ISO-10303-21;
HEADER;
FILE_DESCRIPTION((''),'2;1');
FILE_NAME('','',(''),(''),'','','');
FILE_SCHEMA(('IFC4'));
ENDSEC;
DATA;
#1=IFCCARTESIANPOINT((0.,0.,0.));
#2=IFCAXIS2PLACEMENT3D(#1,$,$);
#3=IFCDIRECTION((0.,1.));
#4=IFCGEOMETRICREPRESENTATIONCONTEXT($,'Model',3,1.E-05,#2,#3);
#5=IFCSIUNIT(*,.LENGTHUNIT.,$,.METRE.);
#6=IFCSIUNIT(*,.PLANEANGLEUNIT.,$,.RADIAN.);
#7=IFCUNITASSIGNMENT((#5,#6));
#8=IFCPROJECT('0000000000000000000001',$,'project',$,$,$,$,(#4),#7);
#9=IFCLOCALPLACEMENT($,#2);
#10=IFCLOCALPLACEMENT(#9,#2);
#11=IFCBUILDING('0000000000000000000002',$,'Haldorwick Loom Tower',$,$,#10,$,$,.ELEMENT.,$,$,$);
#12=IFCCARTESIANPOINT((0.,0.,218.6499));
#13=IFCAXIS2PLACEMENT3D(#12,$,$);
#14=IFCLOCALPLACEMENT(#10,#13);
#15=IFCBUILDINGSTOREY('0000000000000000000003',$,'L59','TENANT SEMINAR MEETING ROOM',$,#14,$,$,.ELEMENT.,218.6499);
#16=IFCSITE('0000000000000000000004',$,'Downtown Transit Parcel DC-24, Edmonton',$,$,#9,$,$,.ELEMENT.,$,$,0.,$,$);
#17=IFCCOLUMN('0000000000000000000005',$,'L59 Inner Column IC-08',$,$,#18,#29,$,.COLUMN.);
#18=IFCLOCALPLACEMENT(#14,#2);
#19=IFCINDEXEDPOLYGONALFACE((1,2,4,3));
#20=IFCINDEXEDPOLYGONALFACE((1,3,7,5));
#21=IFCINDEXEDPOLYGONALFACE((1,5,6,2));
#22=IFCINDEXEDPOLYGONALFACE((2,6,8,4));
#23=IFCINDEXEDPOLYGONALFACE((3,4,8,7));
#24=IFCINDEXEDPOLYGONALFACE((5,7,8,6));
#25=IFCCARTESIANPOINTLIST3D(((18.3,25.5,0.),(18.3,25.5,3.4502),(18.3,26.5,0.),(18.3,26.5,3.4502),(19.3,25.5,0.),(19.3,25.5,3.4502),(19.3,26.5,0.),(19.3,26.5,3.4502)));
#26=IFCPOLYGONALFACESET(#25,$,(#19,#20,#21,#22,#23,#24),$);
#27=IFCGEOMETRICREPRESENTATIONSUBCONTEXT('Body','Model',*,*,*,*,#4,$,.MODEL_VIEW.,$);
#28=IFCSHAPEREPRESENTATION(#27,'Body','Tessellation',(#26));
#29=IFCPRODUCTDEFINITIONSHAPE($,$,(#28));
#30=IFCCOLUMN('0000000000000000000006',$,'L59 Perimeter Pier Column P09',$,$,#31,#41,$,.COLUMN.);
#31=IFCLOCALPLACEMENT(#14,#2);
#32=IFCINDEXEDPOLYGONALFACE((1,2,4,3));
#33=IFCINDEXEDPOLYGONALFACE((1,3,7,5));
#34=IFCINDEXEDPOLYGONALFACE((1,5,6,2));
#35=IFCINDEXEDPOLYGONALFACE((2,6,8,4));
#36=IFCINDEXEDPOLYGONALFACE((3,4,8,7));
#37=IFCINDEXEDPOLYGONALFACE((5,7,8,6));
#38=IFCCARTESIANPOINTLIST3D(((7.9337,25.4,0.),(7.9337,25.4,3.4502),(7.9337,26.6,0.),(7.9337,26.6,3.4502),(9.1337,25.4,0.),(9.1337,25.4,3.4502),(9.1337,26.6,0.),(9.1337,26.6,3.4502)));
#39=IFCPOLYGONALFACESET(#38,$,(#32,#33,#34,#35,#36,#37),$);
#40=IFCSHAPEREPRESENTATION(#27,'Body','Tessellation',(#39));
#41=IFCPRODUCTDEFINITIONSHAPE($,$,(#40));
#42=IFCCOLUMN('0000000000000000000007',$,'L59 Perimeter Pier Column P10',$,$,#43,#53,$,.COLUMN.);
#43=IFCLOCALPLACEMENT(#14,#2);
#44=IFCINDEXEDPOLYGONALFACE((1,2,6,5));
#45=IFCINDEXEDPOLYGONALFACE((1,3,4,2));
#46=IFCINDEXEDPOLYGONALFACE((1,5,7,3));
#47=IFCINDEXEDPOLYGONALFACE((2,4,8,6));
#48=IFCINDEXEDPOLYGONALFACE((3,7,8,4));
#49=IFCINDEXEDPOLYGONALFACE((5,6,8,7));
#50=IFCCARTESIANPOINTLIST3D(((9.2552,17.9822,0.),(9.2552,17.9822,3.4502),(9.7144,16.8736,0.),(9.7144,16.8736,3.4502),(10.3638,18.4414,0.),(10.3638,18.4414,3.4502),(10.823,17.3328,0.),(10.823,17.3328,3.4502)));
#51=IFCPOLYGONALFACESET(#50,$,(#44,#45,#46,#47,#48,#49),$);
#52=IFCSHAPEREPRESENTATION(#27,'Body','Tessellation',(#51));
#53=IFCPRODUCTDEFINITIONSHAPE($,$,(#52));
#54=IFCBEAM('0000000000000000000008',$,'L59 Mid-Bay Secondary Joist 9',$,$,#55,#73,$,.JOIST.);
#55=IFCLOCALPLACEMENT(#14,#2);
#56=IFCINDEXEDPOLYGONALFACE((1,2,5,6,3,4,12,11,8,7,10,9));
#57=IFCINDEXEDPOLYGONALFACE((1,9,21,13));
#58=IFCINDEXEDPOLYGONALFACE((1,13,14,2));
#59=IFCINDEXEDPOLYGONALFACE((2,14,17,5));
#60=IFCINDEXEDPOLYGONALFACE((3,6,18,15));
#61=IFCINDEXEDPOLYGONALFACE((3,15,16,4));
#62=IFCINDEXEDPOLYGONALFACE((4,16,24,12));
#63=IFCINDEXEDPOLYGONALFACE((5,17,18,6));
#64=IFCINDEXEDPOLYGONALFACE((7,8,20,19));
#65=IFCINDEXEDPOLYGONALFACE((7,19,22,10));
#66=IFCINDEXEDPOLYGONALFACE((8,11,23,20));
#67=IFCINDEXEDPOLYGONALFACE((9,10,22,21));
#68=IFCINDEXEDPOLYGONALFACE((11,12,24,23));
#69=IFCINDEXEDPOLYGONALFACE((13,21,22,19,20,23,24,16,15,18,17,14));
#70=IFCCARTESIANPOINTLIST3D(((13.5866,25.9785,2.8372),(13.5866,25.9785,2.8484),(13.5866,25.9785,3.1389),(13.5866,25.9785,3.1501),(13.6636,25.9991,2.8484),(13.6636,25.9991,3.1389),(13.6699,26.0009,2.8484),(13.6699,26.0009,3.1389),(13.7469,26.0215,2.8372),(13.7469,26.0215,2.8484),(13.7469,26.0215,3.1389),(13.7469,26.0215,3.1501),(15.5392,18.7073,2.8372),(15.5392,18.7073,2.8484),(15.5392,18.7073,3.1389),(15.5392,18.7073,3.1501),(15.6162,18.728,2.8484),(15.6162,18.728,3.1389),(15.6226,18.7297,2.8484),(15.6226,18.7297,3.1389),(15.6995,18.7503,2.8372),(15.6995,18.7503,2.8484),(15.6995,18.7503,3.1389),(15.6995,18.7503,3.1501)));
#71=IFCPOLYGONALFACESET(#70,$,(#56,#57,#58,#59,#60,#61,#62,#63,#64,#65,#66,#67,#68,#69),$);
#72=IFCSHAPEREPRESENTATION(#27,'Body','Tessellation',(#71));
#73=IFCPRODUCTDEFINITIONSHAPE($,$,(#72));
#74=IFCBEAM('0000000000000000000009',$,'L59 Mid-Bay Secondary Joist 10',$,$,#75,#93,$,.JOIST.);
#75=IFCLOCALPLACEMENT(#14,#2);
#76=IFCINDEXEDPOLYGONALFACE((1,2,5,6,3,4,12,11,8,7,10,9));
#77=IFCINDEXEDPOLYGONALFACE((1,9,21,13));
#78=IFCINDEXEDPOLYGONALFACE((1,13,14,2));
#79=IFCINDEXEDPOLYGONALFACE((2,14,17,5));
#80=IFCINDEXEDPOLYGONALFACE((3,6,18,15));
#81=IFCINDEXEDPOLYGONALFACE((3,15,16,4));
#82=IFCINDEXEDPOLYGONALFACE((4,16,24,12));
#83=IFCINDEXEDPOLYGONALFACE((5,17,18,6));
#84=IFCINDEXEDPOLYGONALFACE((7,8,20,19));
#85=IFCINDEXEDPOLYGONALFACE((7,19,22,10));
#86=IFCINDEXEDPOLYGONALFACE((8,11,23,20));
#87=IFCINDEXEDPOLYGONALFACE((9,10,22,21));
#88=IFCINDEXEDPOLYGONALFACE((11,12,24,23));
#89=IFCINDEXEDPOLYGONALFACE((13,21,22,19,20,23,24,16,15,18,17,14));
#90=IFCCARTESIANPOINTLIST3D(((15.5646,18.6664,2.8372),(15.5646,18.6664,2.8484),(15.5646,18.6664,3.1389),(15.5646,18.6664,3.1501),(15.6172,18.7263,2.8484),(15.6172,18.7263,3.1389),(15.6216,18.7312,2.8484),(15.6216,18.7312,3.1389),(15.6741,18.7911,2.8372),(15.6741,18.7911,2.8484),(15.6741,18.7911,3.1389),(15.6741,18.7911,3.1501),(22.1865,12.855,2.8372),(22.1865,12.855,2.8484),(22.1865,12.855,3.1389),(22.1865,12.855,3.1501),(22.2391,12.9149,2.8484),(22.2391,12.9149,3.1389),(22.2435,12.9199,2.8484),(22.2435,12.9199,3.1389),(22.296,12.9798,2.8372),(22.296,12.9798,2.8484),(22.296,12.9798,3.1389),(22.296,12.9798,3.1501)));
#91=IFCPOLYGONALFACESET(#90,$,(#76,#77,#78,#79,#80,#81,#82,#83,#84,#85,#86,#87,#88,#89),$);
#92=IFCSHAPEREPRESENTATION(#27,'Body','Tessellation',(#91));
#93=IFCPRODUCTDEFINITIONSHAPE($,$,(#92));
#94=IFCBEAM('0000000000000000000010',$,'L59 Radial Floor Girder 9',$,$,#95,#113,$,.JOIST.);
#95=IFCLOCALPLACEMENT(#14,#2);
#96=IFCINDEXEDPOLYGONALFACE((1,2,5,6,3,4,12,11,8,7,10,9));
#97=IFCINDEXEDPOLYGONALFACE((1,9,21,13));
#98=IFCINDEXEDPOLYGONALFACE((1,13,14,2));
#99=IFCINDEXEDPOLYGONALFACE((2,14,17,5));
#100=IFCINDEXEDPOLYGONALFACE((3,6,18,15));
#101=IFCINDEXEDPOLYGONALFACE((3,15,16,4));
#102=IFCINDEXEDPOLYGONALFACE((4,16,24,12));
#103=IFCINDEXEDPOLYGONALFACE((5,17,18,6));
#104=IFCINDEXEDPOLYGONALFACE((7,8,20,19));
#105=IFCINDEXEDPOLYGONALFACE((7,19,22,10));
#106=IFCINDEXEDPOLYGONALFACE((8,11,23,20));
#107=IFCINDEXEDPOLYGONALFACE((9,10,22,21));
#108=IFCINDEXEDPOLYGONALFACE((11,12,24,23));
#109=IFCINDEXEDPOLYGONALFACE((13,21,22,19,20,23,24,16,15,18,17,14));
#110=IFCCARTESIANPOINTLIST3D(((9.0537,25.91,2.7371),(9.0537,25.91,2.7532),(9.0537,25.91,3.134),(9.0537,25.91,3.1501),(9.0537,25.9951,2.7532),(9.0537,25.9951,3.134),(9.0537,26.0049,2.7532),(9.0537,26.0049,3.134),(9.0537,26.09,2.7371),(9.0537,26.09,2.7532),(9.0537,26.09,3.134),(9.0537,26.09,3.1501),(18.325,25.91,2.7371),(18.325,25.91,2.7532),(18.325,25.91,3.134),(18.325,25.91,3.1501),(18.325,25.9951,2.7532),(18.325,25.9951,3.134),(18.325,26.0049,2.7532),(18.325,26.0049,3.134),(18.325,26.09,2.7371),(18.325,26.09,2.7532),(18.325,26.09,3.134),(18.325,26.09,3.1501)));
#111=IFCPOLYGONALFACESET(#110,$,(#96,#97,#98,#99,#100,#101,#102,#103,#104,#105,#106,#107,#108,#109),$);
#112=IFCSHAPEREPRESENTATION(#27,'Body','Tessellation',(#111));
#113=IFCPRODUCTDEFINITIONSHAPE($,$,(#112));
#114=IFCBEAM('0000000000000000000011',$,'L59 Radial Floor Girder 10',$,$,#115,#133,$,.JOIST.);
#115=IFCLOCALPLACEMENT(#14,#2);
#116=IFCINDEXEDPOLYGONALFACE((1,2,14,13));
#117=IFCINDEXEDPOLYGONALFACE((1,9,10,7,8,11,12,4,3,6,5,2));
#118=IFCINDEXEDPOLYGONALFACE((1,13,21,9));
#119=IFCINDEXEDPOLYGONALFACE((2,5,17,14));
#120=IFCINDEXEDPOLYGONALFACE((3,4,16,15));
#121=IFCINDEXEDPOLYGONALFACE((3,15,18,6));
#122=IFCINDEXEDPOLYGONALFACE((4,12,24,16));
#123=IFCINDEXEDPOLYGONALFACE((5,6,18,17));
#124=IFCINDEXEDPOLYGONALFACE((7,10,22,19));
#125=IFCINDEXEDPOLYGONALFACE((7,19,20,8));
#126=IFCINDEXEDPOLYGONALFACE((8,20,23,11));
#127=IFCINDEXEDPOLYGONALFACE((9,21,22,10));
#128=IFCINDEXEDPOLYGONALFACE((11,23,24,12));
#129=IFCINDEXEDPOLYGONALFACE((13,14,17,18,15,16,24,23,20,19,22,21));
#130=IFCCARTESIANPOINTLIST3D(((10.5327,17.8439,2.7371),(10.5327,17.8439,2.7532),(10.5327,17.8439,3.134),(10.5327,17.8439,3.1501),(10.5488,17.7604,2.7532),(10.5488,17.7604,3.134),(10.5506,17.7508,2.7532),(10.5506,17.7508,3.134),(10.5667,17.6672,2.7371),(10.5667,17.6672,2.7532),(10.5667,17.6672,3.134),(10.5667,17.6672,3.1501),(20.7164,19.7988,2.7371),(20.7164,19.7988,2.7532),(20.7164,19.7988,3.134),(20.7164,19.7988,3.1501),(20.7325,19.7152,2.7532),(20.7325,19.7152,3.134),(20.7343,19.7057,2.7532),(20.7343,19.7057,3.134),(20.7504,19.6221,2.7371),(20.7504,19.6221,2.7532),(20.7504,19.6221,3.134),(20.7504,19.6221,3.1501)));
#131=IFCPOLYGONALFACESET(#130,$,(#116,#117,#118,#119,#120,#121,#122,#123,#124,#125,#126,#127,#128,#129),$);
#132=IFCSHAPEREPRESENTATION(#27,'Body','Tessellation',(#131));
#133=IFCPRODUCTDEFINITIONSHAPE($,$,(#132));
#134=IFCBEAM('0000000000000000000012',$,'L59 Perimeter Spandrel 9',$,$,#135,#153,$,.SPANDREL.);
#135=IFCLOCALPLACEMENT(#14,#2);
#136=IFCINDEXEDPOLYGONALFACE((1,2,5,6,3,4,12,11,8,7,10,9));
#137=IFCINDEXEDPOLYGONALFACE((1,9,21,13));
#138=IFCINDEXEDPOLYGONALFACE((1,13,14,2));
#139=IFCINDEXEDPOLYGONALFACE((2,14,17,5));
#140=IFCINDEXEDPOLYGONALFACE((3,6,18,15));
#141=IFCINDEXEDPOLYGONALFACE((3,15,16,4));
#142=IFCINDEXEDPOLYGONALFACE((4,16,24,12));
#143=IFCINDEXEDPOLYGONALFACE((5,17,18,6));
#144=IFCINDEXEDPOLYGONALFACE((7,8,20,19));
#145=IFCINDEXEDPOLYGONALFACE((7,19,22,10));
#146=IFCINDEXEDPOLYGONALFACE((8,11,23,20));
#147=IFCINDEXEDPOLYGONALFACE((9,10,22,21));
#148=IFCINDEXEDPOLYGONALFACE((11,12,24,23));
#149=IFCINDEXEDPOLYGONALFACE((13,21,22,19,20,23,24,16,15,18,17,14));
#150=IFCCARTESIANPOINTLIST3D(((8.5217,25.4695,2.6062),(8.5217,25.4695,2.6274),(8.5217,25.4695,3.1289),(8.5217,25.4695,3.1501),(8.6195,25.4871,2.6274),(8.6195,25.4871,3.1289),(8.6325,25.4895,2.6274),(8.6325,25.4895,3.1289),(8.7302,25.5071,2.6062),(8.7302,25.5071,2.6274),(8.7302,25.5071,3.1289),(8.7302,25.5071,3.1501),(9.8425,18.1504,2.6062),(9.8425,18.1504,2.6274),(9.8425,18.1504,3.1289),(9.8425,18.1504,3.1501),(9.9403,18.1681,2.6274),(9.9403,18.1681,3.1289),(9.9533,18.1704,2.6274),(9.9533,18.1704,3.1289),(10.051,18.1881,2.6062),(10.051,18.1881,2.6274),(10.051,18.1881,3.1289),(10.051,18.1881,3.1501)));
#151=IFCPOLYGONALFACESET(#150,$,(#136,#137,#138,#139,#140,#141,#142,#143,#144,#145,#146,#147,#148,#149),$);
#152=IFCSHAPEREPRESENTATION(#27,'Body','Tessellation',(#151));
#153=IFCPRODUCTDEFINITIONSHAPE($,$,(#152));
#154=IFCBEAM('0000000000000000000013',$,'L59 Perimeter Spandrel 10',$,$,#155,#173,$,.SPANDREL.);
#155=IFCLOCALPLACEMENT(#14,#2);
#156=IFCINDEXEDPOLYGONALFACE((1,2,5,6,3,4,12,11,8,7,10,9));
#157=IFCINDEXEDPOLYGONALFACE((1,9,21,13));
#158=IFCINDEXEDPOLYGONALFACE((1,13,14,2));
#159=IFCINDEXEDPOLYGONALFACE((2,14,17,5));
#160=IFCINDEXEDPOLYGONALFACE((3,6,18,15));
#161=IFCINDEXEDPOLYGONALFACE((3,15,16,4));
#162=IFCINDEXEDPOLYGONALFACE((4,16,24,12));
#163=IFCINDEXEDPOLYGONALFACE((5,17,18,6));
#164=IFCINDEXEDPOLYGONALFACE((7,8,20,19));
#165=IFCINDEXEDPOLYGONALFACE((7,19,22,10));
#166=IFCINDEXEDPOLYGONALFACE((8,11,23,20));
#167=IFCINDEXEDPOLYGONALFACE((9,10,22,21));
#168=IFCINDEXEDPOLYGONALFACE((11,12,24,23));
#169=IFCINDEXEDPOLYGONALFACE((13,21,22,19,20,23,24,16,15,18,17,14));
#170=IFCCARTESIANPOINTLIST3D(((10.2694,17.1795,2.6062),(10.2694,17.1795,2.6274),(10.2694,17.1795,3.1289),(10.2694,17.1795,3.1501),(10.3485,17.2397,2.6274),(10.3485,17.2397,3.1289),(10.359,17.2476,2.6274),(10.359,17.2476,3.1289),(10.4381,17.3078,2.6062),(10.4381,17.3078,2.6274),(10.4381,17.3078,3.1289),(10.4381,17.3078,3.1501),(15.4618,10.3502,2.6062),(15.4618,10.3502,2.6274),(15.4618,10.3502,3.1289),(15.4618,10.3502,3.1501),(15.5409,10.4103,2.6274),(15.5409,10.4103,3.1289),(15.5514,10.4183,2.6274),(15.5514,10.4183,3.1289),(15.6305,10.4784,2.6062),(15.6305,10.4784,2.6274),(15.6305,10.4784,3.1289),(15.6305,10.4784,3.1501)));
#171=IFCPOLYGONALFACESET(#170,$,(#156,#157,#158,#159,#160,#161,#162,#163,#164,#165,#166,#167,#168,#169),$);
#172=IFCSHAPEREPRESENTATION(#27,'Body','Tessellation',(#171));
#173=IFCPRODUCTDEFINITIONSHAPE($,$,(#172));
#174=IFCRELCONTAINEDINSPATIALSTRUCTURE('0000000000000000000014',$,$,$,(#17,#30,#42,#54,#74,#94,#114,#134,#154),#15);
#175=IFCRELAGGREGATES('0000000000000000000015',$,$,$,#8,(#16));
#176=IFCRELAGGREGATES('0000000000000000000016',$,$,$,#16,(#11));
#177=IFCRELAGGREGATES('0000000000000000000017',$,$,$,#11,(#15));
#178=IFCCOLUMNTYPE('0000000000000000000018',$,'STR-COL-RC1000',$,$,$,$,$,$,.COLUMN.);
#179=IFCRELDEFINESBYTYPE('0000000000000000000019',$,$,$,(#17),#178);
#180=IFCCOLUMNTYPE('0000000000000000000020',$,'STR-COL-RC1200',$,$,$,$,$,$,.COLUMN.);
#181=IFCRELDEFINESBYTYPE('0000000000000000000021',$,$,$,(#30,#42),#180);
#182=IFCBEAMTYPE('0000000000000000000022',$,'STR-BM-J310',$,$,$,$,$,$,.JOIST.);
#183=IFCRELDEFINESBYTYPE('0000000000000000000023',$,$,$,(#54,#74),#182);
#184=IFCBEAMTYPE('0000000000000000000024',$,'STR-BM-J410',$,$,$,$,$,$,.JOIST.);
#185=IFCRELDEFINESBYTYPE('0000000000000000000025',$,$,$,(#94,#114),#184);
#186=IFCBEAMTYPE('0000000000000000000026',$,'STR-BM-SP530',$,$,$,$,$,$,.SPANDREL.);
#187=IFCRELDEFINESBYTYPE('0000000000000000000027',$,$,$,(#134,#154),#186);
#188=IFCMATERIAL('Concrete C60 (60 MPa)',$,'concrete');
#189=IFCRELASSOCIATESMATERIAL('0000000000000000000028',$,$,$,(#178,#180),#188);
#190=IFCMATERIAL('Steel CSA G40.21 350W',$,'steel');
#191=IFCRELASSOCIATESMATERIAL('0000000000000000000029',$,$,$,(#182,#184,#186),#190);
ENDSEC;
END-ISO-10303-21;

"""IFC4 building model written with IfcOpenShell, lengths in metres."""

from ifc_helpers import new_model, si_unit, direction, frame, origin, origin_2d, place, context, subcontext, project, spatial, rectangle, i_section, extrude, material, material_profile, profile_set, type_object, element, save


model = new_model("IFC4")

# Units and contexts
model_context = context("Model", 3, precision=1e-05, world=origin(), true_north=direction((0.0, 1.0)))
body_context = subcontext(model_context, "Body", "Model", "MODEL_VIEW")
ifc_project = project(units=[si_unit("LENGTHUNIT", "METRE"), si_unit("PLANEANGLEUNIT", "RADIAN")], contexts=[model_context])

# Site, building, storey
site_placement = place(None, origin())
site = spatial("IfcSite", under=ifc_project, at=site_placement, Name="Downtown Transit Parcel DC-24, Edmonton", CompositionType="ELEMENT", RefElevation=0.0)
building_placement = place(site_placement, origin())
building = spatial("IfcBuilding", under=site, at=building_placement, Name="Haldorwick Loom Tower", CompositionType="ELEMENT")
storey_placement = place(building_placement, frame((0.0, 0.0, 218.6499)))
storey = spatial("IfcBuildingStorey", under=building, at=storey_placement, Name="L59", Description="TENANT SEMINAR MEETING ROOM", CompositionType="ELEMENT", Elevation=218.6499)

# Columns
ifc_material_1 = material(Name="Concrete C60 (60 MPa)", Category="concrete")
ifc_material_profile_1 = material_profile(ifc_material_1, rectangle(XDim=1.0, YDim=1.0, at=origin_2d()), Name="RC1000X1000", Category="concrete")
ifc_profile_set_1 = profile_set([ifc_material_profile_1], Name="Concrete C60 (60 MPa)")
column_type_1 = type_object("IfcColumnType", Name="STR-COL-RC1000", PredefinedType="COLUMN", material=ifc_profile_set_1)
column_placement = place(storey_placement, frame((18.8, 26.0, 0.0), z_axis=(0.0, 0.0, 1.0), x_axis=(1.0, 0.0, 0.0)))
element("IfcColumn", 1, at=column_placement, inside=storey, type_object=column_type_1, Name="L59 Inner Column IC-08", PredefinedType="COLUMN", context=body_context, shape_type="SweptSolid", body=[
    extrude(rectangle(XDim=1.0, YDim=1.0, at=origin_2d()), origin(), (0.0, 0.0, 1.0), 3.4502),
])
ifc_material_profile_2 = material_profile(ifc_material_1, rectangle(XDim=1.2, YDim=1.2, at=origin_2d()), Name="RC1200X1200", Category="concrete")
ifc_profile_set_2 = profile_set([ifc_material_profile_2], Name="Concrete C60 (60 MPa)")
column_type_2 = type_object("IfcColumnType", Name="STR-COL-RC1200", PredefinedType="COLUMN", material=ifc_profile_set_2)
for number, where, z_axis, x_axis, name in (
    (2, (8.5337, 26.0, 0.0), (0.0, 0.0, 1.0), (-1.0, 0.0, 0.0), "L59 Perimeter Pier Column P09"),
    (3, (10.0391, 17.6575, 0.0), (0.0, 0.0, 1.0), (-0.92388, -0.382683, 0.0), "L59 Perimeter Pier Column P10"),
):
    element("IfcColumn", number, at=place(storey_placement, frame(where, z_axis=z_axis, x_axis=x_axis)), inside=storey, type_object=column_type_2, Name=name, PredefinedType="COLUMN", context=body_context, shape_type="SweptSolid", body=[
        extrude(rectangle(XDim=1.2, YDim=1.2, at=origin_2d()), origin(), (0.0, 0.0, 1.0), 3.4502),
    ])

# Beams
ifc_material_2 = material(Name="Steel CSA G40.21 350W", Category="steel")
ifc_material_profile_3 = material_profile(ifc_material_2, i_section(OverallWidth=0.166, OverallDepth=0.313, WebThickness=0.0066, FlangeThickness=0.0112, at=origin_2d()), Name="W310X45", Category="steel")
ifc_profile_set_3 = profile_set([ifc_material_profile_3], Name="Steel CSA G40.21 350W")
beam_type_1 = type_object("IfcBeamType", Name="STR-BM-J310", PredefinedType="JOIST", material=ifc_profile_set_3)
beam_1_placement = place(storey_placement, frame((13.6667, 26.0, 2.9937), z_axis=(0.259354, -0.965782, 0.0), x_axis=(0.965782, 0.259354, 0.0)))
element("IfcBeam", 4, at=beam_1_placement, inside=storey, type_object=beam_type_1, Name="L59 Mid-Bay Secondary Joist 9", PredefinedType="JOIST", context=body_context, shape_type="SweptSolid", body=[
    extrude(i_section(OverallWidth=0.166, OverallDepth=0.313, WebThickness=0.0066, FlangeThickness=0.0112, at=origin_2d()), origin(), (0.0, 0.0, 1.0), 7.5288),
])
beam_2_placement = place(storey_placement, frame((15.6194, 18.7288, 2.9937), z_axis=(0.751609, -0.659608, 0.0), x_axis=(0.659608, 0.751609, 0.0)))
element("IfcBeam", 5, at=beam_2_placement, inside=storey, type_object=beam_type_1, Name="L59 Mid-Bay Secondary Joist 10", PredefinedType="JOIST", context=body_context, shape_type="SweptSolid", body=[
    extrude(i_section(OverallWidth=0.166, OverallDepth=0.313, WebThickness=0.0066, FlangeThickness=0.0112, at=origin_2d()), origin(), (0.0, 0.0, 1.0), 8.8103),
])
ifc_material_profile_4 = material_profile(ifc_material_2, i_section(OverallWidth=0.1799, OverallDepth=0.4131, WebThickness=0.0098, FlangeThickness=0.0161, at=origin_2d()), Name="W410X74", Category="steel")
ifc_profile_set_4 = profile_set([ifc_material_profile_4], Name="Steel CSA G40.21 350W")
beam_type_2 = type_object("IfcBeamType", Name="STR-BM-J410", PredefinedType="JOIST", material=ifc_profile_set_4)
beam_3_placement = place(storey_placement, frame((18.325, 26.0, 2.9436), z_axis=(-1.0, 0.0, 0.0), x_axis=(0.0, -1.0, 0.0)))
element("IfcBeam", 6, at=beam_3_placement, inside=storey, type_object=beam_type_2, Name="L59 Radial Floor Girder 9", PredefinedType="JOIST", context=body_context, shape_type="SweptSolid", body=[
    extrude(i_section(OverallWidth=0.1799, OverallDepth=0.4131, WebThickness=0.0098, FlangeThickness=0.0161, at=origin_2d()), origin(), (0.0, 0.0, 1.0), 9.2712),
])
beam_4_placement = place(storey_placement, frame((20.7334, 19.7104, 2.9436), z_axis=(-0.98207, -0.188517, 0.0), x_axis=(0.188517, -0.98207, 0.0)))
element("IfcBeam", 7, at=beam_4_placement, inside=storey, type_object=beam_type_2, Name="L59 Radial Floor Girder 10", PredefinedType="JOIST", context=body_context, shape_type="SweptSolid", body=[
    extrude(i_section(OverallWidth=0.1799, OverallDepth=0.4131, WebThickness=0.0098, FlangeThickness=0.0161, at=origin_2d()), origin(), (0.0, 0.0, 1.0), 10.3696),
])
ifc_material_profile_5 = material_profile(ifc_material_2, i_section(OverallWidth=0.2119, OverallDepth=0.5439, WebThickness=0.0132, FlangeThickness=0.0212, at=origin_2d()), Name="W530X123", Category="steel")
ifc_profile_set_5 = profile_set([ifc_material_profile_5], Name="Steel CSA G40.21 350W")
beam_type_3 = type_object("IfcBeamType", Name="STR-BM-SP530", PredefinedType="SPANDREL", material=ifc_profile_set_5)
beam_5_placement = place(storey_placement, frame((8.626, 25.4883, 2.8782), z_axis=(0.177591, -0.984104, 0.0), x_axis=(0.984104, 0.177591, 0.0)))
element("IfcBeam", 8, at=beam_5_placement, inside=storey, type_object=beam_type_3, Name="L59 Perimeter Spandrel 9", PredefinedType="SPANDREL", context=body_context, shape_type="SweptSolid", body=[
    extrude(i_section(OverallWidth=0.2119, OverallDepth=0.5439, WebThickness=0.0132, FlangeThickness=0.0212, at=origin_2d()), origin(), (0.0, 0.0, 1.0), 7.4373),
])
beam_6_placement = place(storey_placement, frame((10.3538, 17.2437, 2.8782), z_axis=(0.605237, -0.796045, 0.0), x_axis=(0.796045, 0.605237, 0.0)))
element("IfcBeam", 9, at=beam_6_placement, inside=storey, type_object=beam_type_3, Name="L59 Perimeter Spandrel 10", PredefinedType="SPANDREL", context=body_context, shape_type="SweptSolid", body=[
    extrude(i_section(OverallWidth=0.2119, OverallDepth=0.5439, WebThickness=0.0132, FlangeThickness=0.0212, at=origin_2d()), origin(), (0.0, 0.0, 1.0), 8.5791),
])

save(model, "model.ifc")
